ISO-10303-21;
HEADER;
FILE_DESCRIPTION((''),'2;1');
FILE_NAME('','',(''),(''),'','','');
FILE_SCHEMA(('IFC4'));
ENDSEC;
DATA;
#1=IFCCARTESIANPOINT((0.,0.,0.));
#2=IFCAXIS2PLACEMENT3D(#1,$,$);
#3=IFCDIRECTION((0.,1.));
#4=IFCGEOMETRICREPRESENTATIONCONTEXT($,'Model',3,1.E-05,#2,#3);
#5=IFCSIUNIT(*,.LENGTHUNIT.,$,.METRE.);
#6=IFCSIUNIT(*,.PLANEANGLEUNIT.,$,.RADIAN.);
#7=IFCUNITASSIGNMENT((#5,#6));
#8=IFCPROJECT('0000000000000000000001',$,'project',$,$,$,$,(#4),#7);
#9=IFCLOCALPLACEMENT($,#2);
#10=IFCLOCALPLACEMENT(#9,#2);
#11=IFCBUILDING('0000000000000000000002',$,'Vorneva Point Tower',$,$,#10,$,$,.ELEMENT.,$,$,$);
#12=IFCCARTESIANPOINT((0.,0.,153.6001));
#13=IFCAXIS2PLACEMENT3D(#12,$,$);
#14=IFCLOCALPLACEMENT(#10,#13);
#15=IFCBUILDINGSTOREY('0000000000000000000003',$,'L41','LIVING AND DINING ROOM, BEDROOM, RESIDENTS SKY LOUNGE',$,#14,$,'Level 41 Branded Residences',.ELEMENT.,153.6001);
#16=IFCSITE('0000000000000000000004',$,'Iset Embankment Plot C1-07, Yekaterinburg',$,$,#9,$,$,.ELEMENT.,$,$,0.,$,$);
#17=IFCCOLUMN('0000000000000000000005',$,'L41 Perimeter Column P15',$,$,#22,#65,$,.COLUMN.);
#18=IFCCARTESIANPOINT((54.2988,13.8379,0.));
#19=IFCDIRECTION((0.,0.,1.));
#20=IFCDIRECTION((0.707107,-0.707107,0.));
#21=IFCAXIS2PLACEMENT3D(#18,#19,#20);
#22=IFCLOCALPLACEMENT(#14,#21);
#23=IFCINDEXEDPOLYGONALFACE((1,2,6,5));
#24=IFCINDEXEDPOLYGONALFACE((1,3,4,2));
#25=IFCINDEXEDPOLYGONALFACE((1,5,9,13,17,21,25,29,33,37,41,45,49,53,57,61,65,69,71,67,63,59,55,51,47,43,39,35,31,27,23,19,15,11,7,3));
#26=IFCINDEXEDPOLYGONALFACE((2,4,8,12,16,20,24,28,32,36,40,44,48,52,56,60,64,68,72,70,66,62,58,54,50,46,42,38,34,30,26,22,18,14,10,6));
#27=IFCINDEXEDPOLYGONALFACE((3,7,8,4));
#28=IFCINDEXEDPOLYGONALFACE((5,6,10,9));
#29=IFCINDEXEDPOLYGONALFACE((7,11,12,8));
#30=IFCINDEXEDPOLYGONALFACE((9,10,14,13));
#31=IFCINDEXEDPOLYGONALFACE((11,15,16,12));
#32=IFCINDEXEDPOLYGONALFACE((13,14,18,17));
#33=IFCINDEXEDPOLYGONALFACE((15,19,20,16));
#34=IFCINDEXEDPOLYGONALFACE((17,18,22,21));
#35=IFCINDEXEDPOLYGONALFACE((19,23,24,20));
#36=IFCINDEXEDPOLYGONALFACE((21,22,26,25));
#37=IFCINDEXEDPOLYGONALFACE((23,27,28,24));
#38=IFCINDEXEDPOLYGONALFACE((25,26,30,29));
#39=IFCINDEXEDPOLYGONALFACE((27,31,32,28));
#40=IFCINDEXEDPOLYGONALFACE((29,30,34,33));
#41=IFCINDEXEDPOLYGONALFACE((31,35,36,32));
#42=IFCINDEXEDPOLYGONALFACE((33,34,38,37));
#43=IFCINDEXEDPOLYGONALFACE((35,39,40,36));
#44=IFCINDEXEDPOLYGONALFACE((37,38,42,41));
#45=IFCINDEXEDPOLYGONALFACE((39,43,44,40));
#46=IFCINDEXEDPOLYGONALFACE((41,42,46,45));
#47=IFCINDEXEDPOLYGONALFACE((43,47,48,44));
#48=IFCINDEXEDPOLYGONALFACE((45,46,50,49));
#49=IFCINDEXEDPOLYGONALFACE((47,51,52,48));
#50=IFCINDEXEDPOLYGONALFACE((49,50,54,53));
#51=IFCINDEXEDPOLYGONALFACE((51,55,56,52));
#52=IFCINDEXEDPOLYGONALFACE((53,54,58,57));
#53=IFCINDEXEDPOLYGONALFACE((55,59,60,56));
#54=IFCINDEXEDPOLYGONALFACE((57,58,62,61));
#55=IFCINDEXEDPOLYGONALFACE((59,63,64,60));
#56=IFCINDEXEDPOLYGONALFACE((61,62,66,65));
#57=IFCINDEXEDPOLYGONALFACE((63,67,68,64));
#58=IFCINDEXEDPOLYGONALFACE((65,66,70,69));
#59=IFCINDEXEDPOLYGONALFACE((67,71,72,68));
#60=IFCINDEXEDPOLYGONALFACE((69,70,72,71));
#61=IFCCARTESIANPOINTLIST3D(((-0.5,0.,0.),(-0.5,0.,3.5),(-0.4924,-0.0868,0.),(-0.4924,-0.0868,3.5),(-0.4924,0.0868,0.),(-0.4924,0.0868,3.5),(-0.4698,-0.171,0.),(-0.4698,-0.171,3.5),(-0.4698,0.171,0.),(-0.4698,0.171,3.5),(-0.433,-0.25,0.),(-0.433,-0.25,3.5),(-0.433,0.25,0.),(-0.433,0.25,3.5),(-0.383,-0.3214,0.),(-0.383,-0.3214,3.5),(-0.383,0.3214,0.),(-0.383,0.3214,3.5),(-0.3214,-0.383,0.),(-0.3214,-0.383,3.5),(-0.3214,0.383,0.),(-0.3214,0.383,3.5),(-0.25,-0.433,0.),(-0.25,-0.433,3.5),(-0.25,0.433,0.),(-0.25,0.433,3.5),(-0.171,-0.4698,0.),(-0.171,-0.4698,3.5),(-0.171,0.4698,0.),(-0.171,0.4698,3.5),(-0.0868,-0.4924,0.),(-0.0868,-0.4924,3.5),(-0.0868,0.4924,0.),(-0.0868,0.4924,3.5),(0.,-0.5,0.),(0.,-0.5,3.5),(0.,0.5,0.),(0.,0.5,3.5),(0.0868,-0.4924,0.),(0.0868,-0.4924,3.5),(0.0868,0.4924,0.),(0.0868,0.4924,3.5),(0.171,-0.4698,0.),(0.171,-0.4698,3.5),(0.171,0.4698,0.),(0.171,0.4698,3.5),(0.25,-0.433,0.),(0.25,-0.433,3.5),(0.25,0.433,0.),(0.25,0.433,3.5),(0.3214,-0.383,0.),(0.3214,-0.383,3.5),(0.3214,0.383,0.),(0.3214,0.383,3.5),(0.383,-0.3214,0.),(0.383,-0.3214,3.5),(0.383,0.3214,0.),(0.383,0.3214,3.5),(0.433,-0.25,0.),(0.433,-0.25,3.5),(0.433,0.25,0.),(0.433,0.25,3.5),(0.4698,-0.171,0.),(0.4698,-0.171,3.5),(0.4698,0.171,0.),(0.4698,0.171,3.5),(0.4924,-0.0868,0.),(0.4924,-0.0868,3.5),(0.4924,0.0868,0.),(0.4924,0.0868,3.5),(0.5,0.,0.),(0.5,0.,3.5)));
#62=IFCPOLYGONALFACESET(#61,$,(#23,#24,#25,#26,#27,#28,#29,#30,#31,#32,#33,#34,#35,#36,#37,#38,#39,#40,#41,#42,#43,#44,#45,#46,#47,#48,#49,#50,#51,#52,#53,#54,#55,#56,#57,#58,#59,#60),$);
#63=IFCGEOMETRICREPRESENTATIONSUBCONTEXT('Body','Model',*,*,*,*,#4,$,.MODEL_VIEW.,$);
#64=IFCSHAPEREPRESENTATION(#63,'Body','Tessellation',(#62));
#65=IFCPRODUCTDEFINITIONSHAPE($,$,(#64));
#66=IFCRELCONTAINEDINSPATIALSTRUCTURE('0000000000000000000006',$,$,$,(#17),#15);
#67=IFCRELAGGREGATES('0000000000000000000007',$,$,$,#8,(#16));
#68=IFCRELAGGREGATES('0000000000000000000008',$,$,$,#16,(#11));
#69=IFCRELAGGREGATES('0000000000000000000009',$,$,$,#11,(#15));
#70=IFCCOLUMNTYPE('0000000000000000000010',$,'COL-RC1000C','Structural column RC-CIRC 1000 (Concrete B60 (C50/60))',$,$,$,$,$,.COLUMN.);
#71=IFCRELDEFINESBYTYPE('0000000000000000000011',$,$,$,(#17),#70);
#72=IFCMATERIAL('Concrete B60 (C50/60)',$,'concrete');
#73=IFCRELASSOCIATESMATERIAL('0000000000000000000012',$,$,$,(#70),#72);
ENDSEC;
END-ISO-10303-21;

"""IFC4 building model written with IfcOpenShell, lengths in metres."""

from ifc_helpers import new_model, si_unit, direction, frame, origin, origin_2d, place, context, subcontext, project, spatial, circle, extrude, material, material_profile, profile_set, type_object, element, save


model = new_model("IFC4")

# Units and contexts
model_context = context("Model", 3, precision=1e-05, world=origin(), true_north=direction((0.0, 1.0)))
body_context = subcontext(model_context, "Body", "Model", "MODEL_VIEW")
ifc_project = project(units=[si_unit("LENGTHUNIT", "METRE"), si_unit("PLANEANGLEUNIT", "RADIAN")], contexts=[model_context])

# Site, building, storey
site_placement = place(None, origin())
site = spatial("IfcSite", under=ifc_project, at=site_placement, Name="Iset Embankment Plot C1-07, Yekaterinburg", CompositionType="ELEMENT", RefElevation=0.0)
building_placement = place(site_placement, origin())
building = spatial("IfcBuilding", under=site, at=building_placement, Name="Vorneva Point Tower", CompositionType="ELEMENT")
storey_placement = place(building_placement, frame((0.0, 0.0, 153.6001)))
storey = spatial("IfcBuildingStorey", under=building, at=storey_placement, Name="L41", Description="LIVING AND DINING ROOM, BEDROOM, RESIDENTS SKY LOUNGE", LongName="Level 41 Branded Residences", CompositionType="ELEMENT", Elevation=153.6001)

# Column
ifc_material_1 = material(Name="Concrete B60 (C50/60)", Category="concrete")
ifc_material_profile_1 = material_profile(ifc_material_1, circle(Radius=0.5, at=origin_2d()), Name="RC-CIRC 1000")
ifc_profile_set_1 = profile_set([ifc_material_profile_1], Name="Concrete B60 (C50/60)")
column_type_1 = type_object("IfcColumnType", Name="COL-RC1000C", Description="Structural column RC-CIRC 1000 (Concrete B60 (C50/60))", PredefinedType="COLUMN", material=ifc_profile_set_1)
column_1_placement = place(storey_placement, frame((54.2988, 13.8379, 0.0), z_axis=(0.0, 0.0, 1.0), x_axis=(0.707107, -0.707107, 0.0)))
element("IfcColumn", 1, at=column_1_placement, inside=storey, type_object=column_type_1, Name="L41 Perimeter Column P15", PredefinedType="COLUMN", context=body_context, shape_type="SweptSolid", body=[
    extrude(circle(Radius=0.5, at=origin_2d()), origin(), (0.0, 0.0, 1.0), 3.5),
])

save(model, "model.ifc")
